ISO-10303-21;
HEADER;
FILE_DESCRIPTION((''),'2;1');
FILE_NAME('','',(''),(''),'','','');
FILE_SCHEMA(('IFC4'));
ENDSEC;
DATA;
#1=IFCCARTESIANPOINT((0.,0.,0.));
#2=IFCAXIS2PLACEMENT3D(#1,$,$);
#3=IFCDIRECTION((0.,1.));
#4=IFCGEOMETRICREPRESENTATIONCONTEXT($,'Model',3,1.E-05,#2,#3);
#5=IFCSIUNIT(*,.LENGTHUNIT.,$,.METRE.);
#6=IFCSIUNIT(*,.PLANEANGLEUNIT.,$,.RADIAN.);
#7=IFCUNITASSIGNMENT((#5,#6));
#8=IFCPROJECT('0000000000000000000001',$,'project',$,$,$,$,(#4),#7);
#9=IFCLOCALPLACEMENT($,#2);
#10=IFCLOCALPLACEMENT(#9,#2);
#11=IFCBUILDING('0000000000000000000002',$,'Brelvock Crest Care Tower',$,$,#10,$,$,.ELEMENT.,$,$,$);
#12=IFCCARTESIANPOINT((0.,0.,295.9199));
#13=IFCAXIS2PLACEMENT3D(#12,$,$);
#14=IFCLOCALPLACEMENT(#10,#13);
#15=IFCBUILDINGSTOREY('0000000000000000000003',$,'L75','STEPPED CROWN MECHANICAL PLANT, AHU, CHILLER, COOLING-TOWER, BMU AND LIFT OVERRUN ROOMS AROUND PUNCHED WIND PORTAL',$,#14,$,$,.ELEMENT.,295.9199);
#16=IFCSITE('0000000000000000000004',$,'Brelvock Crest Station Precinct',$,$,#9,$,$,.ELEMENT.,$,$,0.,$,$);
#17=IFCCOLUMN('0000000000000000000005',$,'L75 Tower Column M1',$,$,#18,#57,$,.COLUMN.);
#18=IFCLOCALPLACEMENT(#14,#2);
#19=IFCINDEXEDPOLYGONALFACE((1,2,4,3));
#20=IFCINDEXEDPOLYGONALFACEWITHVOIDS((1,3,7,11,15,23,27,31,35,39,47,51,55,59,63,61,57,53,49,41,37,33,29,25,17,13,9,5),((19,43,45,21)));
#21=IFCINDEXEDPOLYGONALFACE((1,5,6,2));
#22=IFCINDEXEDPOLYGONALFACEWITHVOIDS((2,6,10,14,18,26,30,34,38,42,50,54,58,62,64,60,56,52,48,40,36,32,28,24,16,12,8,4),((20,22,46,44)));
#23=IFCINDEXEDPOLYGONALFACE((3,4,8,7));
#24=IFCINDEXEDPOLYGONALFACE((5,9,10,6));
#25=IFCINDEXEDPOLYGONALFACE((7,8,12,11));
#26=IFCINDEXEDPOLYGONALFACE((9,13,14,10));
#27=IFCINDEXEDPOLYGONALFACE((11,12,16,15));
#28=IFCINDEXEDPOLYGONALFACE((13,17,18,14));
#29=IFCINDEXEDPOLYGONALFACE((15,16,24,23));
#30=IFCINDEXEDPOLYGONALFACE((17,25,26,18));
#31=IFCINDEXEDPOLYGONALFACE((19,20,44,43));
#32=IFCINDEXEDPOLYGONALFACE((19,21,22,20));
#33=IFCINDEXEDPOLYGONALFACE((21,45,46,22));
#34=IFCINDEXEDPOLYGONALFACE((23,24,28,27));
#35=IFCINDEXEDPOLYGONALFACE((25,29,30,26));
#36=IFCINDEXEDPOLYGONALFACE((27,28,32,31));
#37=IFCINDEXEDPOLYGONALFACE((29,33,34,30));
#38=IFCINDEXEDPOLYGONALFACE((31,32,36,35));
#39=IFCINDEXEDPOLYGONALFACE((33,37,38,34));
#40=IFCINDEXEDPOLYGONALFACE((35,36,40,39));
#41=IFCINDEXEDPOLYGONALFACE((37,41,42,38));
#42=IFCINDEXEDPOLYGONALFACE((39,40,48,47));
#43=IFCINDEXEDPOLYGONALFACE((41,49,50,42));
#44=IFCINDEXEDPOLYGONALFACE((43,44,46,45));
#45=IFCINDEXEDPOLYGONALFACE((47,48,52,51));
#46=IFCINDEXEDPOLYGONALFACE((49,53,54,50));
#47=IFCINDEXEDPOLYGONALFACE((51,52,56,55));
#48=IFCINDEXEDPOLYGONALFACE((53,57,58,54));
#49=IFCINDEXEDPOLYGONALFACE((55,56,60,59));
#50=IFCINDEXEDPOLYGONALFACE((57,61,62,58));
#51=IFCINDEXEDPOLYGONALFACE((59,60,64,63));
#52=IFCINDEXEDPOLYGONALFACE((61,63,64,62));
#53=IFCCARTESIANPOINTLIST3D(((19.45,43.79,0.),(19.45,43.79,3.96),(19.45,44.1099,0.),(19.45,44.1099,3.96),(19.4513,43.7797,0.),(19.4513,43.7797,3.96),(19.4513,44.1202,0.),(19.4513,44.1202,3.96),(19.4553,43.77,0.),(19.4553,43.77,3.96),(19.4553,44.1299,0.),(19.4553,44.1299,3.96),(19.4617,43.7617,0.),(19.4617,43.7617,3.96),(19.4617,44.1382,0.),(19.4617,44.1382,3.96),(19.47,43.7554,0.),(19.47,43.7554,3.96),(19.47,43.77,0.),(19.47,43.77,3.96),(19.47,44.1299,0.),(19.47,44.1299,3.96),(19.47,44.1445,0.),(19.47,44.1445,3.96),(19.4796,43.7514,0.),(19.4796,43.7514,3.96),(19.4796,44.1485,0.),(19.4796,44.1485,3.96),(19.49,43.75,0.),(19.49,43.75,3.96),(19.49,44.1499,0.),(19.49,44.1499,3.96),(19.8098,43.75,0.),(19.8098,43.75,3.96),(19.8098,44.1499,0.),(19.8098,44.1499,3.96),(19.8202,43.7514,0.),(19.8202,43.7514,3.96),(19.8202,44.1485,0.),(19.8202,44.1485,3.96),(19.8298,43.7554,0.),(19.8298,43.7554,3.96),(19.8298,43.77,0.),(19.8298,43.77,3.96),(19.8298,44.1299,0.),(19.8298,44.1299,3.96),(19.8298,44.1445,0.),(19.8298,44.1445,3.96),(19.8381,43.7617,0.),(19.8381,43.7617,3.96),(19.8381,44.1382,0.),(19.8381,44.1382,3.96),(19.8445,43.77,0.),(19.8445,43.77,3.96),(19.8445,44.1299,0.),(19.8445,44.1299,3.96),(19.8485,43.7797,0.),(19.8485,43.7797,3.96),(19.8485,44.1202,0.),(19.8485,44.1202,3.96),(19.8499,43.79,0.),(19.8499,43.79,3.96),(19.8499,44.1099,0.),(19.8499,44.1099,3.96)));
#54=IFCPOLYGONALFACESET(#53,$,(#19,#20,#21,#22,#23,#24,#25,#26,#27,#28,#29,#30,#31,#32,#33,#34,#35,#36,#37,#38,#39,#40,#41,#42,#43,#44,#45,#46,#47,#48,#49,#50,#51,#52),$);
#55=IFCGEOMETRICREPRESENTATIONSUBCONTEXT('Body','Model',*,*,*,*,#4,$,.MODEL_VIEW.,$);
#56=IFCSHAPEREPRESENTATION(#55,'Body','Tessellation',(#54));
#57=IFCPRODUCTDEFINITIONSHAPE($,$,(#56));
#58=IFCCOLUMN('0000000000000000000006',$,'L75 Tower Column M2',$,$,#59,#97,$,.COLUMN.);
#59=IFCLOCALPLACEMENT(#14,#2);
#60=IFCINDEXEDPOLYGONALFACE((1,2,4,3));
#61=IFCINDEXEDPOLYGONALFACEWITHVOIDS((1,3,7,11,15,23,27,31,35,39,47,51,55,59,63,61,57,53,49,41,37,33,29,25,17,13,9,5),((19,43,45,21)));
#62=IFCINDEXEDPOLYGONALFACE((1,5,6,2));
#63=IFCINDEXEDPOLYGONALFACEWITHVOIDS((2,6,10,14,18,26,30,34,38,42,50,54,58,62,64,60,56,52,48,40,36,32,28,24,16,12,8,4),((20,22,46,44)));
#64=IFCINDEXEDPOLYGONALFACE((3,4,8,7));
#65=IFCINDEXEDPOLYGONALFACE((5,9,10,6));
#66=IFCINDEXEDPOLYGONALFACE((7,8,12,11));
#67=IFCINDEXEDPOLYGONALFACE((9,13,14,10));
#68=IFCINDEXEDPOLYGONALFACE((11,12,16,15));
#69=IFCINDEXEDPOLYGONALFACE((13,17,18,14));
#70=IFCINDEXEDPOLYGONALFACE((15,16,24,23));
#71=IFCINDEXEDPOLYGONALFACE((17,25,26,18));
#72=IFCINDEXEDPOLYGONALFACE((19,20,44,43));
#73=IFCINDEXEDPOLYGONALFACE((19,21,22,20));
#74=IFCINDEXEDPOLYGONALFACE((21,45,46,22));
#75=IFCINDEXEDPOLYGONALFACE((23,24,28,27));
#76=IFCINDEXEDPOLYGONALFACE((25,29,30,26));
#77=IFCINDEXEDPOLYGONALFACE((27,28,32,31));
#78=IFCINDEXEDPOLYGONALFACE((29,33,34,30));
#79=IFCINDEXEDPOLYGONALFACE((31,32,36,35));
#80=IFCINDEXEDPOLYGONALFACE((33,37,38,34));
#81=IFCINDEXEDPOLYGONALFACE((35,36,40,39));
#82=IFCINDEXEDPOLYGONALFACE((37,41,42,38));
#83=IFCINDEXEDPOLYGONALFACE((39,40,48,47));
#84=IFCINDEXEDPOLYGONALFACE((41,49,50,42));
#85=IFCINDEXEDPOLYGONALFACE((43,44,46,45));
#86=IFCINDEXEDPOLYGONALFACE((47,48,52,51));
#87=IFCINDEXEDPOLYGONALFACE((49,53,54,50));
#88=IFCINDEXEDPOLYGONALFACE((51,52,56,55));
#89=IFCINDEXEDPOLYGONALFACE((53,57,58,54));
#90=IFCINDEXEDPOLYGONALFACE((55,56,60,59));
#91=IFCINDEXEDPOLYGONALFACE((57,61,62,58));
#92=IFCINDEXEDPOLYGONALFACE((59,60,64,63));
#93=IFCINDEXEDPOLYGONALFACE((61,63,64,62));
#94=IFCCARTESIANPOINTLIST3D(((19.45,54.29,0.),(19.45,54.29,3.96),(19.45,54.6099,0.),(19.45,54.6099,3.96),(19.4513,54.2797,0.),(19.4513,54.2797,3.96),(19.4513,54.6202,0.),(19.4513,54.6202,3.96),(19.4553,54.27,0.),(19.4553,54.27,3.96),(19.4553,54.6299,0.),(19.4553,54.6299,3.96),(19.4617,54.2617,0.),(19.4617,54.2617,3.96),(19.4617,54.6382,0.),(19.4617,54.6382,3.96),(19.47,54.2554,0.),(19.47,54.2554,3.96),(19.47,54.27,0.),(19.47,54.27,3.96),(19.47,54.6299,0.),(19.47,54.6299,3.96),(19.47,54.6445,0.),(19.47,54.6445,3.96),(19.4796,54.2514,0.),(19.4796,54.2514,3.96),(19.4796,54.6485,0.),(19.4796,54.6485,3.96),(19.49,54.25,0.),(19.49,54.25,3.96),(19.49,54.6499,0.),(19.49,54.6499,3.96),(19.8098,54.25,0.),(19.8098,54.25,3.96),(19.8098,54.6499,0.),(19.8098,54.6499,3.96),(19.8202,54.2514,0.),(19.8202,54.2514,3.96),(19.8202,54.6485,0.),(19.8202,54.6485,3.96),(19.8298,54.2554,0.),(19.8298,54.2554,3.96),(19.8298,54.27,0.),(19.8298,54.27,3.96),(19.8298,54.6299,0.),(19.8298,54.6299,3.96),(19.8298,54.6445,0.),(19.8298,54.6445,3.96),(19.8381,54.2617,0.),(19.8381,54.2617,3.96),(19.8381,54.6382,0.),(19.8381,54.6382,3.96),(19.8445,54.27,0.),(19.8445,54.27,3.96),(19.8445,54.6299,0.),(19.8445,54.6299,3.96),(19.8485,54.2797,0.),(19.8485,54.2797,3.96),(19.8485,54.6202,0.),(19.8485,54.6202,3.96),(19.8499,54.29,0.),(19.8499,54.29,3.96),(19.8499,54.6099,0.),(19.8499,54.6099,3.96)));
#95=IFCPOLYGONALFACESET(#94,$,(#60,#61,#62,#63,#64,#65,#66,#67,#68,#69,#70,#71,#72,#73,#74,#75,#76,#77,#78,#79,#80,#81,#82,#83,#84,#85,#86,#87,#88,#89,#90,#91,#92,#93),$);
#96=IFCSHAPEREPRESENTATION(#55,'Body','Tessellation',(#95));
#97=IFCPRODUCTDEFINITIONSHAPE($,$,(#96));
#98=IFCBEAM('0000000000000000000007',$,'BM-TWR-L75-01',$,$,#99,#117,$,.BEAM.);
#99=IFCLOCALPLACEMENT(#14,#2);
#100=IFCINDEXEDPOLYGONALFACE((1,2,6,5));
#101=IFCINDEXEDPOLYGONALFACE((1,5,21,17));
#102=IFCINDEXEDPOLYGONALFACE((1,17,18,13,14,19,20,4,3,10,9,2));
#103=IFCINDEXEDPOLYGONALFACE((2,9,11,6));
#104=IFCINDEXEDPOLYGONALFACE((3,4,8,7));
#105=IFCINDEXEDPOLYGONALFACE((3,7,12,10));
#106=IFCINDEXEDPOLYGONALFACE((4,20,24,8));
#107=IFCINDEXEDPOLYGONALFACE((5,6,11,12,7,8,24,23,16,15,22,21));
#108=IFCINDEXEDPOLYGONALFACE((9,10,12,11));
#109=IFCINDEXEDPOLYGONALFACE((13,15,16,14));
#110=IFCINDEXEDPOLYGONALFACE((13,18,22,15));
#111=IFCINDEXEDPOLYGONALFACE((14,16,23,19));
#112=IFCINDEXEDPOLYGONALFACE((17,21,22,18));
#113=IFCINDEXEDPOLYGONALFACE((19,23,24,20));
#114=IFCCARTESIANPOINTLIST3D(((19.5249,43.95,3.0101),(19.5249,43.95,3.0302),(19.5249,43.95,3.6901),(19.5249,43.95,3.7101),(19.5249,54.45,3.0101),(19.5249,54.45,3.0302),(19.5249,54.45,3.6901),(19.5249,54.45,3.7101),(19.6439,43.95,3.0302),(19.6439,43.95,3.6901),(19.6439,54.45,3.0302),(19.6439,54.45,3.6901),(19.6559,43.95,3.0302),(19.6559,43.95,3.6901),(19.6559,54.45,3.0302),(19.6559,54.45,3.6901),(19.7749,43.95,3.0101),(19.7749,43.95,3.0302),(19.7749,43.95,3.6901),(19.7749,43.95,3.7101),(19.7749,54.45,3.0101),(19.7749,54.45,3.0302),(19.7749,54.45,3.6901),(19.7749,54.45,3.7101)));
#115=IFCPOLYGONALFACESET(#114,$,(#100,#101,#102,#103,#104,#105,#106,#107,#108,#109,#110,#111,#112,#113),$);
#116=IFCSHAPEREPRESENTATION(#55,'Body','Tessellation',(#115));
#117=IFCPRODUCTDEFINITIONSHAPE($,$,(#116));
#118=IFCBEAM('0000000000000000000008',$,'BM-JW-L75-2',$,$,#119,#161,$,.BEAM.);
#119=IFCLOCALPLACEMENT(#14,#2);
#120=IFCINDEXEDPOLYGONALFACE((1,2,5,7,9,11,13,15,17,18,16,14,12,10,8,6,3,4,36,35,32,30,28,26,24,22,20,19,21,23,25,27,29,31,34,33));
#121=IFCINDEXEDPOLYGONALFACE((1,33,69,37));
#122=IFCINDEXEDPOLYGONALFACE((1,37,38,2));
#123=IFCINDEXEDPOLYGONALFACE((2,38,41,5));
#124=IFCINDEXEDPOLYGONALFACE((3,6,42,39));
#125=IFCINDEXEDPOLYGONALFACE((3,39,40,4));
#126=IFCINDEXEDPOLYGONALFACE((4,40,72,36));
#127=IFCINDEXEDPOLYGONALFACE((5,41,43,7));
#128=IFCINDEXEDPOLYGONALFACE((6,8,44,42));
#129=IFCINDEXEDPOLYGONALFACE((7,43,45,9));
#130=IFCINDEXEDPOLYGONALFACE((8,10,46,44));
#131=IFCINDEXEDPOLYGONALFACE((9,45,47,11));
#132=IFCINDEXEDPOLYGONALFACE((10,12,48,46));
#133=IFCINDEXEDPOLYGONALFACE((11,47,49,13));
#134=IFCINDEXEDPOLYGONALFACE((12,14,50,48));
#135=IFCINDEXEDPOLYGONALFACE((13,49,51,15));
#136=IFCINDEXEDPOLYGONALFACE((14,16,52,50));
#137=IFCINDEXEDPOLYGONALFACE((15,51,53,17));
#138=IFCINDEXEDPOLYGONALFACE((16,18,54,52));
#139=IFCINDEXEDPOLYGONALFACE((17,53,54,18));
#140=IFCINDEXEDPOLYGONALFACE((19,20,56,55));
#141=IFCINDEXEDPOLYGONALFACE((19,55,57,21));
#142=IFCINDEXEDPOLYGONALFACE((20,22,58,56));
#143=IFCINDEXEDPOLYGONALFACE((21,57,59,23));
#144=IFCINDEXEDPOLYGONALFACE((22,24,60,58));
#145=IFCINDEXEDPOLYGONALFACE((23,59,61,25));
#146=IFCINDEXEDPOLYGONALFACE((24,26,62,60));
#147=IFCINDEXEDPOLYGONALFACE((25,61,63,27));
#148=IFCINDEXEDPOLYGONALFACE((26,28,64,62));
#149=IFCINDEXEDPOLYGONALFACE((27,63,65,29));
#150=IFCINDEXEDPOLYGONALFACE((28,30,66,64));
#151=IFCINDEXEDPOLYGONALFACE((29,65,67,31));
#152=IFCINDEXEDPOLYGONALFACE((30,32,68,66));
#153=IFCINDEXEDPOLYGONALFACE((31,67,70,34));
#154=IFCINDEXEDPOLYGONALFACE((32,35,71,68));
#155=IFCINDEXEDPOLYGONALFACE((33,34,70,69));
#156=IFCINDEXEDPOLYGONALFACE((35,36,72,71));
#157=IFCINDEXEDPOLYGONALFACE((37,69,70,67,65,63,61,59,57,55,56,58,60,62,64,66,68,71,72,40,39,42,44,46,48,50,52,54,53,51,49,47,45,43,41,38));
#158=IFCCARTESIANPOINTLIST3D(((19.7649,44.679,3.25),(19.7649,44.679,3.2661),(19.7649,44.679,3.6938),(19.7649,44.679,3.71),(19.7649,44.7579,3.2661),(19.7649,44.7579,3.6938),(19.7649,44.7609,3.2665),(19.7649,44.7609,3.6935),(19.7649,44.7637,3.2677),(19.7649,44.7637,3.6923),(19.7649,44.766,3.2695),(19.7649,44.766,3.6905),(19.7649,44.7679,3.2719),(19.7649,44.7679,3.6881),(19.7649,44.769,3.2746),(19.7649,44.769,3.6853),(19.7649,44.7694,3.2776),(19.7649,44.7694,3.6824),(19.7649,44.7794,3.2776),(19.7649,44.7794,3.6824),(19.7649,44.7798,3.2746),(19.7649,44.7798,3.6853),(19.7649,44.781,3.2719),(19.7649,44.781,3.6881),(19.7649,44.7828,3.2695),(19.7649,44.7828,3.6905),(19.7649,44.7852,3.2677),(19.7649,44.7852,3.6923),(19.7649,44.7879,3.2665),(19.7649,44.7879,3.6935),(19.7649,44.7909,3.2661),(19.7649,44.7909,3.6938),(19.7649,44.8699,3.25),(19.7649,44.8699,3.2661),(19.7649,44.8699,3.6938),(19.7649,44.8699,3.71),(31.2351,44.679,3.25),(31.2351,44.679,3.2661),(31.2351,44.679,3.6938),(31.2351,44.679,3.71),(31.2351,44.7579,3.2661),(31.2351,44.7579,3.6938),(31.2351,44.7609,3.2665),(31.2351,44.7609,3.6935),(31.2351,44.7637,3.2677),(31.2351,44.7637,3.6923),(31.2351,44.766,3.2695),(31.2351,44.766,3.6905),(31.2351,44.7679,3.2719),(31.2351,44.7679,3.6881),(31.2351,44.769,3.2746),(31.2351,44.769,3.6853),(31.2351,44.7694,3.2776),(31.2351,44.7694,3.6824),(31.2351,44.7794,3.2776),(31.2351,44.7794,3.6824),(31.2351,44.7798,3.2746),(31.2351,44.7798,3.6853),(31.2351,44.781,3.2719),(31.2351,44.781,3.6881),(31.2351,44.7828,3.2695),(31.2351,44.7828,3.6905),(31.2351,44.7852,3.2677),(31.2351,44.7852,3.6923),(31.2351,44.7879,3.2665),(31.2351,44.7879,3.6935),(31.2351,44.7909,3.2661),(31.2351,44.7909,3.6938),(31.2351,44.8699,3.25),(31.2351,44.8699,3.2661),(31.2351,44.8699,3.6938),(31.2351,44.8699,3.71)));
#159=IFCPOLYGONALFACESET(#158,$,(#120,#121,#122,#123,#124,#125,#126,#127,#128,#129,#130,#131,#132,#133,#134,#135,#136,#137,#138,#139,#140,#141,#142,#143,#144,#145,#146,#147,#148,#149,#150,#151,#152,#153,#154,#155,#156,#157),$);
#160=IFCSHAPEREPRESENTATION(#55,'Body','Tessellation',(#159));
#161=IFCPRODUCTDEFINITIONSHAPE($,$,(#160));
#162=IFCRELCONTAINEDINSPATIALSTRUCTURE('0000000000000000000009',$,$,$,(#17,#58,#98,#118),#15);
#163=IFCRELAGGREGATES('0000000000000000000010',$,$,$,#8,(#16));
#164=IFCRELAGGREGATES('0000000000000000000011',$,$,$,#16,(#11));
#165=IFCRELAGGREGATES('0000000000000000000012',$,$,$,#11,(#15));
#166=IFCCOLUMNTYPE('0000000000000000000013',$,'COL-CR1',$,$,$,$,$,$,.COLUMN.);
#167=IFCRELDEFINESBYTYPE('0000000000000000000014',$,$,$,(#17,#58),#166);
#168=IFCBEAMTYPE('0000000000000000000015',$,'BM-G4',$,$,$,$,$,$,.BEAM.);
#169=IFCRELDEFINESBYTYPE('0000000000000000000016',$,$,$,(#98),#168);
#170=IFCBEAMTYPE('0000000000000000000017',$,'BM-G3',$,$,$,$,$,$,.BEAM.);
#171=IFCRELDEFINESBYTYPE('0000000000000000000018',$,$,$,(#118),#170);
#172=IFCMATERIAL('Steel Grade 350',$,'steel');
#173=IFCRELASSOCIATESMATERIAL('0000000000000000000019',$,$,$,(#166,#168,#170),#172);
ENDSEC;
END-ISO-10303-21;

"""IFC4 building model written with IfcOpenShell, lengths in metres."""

from ifc_helpers import new_model, si_unit, direction, frame, origin, origin_2d, place, context, subcontext, project, spatial, hollow_rectangle, i_section, extrude, source, transform, mapped, material, material_profile, profile_set, type_object, element, save


model = new_model("IFC4")

# Units and contexts
model_context = context("Model", 3, precision=1e-05, world=origin(), true_north=direction((0.0, 1.0)))
body_context = subcontext(model_context, "Body", "Model", "MODEL_VIEW")
ifc_project = project(units=[si_unit("LENGTHUNIT", "METRE"), si_unit("PLANEANGLEUNIT", "RADIAN")], contexts=[model_context])

# Site, building, storey
site_placement = place(None, origin())
site = spatial("IfcSite", under=ifc_project, at=site_placement, Name="Brelvock Crest Station Precinct", CompositionType="ELEMENT", RefElevation=0.0)
building_placement = place(site_placement, origin())
building = spatial("IfcBuilding", under=site, at=building_placement, Name="Brelvock Crest Care Tower", CompositionType="ELEMENT")
storey_placement = place(building_placement, frame((0.0, 0.0, 295.9199)))
storey = spatial("IfcBuildingStorey", under=building, at=storey_placement, Name="L75", Description="STEPPED CROWN MECHANICAL PLANT, AHU, CHILLER, COOLING-TOWER, BMU AND LIFT OVERRUN ROOMS AROUND PUNCHED WIND PORTAL", CompositionType="ELEMENT", Elevation=295.9199)

# Columns
ifc_material_1 = material(Name="Steel Grade 350", Category="steel")
ifc_material_profile_1 = material_profile(ifc_material_1, hollow_rectangle(XDim=0.3999, YDim=0.3999, WallThickness=0.02, OuterFilletRadius=0.04, at=origin_2d()), Name="SHS400x400x20.0")
ifc_profile_set_1 = profile_set([ifc_material_profile_1], Name="Steel Grade 350")
column_type = type_object("IfcColumnType", Name="COL-CR1", PredefinedType="COLUMN", material=ifc_profile_set_1)
shared_shape_1 = source(origin(), body_context, "Body", "SweptSolid", [
    extrude(hollow_rectangle(XDim=0.3999, YDim=0.3999, WallThickness=0.02, OuterFilletRadius=0.04, at=origin_2d()), origin(), (0.0, 0.0, 1.0), 3.96),
])
for number, where, z_axis, x_axis, name in (
    (1, (19.6499, 43.95, 0.0), (0.0, 0.0, 1.0), (1.0, 0.0, 0.0), "L75 Tower Column M1"),
    (2, (19.6499, 54.45, 0.0), (0.0, 0.0, 1.0), (1.0, 0.0, 0.0), "L75 Tower Column M2"),
):
    element("IfcColumn", number, at=place(storey_placement, frame(where, z_axis=z_axis, x_axis=x_axis)), inside=storey, type_object=column_type, Name=name, PredefinedType="COLUMN", context=body_context, shape_type="MappedRepresentation", body=[
        mapped(shared_shape_1, transform((0.0, 0.0, 0.0), x_axis=(1.0, 0.0, 0.0), y_axis=(0.0, 1.0, 0.0), z_axis=(0.0, 0.0, 1.0), scale=1.0)),
    ])

# Beams
ifc_material_profile_2 = material_profile(ifc_material_1, i_section(OverallWidth=0.25, OverallDepth=0.7, WebThickness=0.012, FlangeThickness=0.02, at=origin_2d()), Name="700WB150")
ifc_profile_set_2 = profile_set([ifc_material_profile_2], Name="Steel Grade 350")
beam_type_1 = type_object("IfcBeamType", Name="BM-G4", PredefinedType="BEAM", material=ifc_profile_set_2)
shared_shape_2 = source(origin(), body_context, "Body", "SweptSolid", [
    extrude(i_section(OverallWidth=0.25, OverallDepth=0.7, WebThickness=0.012, FlangeThickness=0.02, at=origin_2d()), origin(), (0.0, 0.0, 1.0), 10.5),
])
beam_placement = place(storey_placement, frame((19.6499, 43.95, 3.3601), z_axis=(0.0, 1.0, 0.0), x_axis=(-1.0, 0.0, 0.0)))
element("IfcBeam", 3, at=beam_placement, inside=storey, type_object=beam_type_1, Name="BM-TWR-L75-01", PredefinedType="BEAM", context=body_context, shape_type="MappedRepresentation", body=[
    mapped(shared_shape_2, transform((0.0, 0.0, 0.0), x_axis=(1.0, 0.0, 0.0), y_axis=(0.0, 1.0, 0.0), z_axis=(0.0, 0.0, 1.0), scale=1.0)),
])
ifc_material_profile_3 = material_profile(ifc_material_1, i_section(OverallWidth=0.1909, OverallDepth=0.46, WebThickness=0.01, FlangeThickness=0.0161, FilletRadius=0.0115, at=origin_2d()), Name="460UB82.1")
ifc_profile_set_3 = profile_set([ifc_material_profile_3], Name="Steel Grade 350")
beam_type_2 = type_object("IfcBeamType", Name="BM-G3", PredefinedType="BEAM", material=ifc_profile_set_3)
shared_shape_3 = source(origin(), body_context, "Body", "SweptSolid", [
    extrude(i_section(OverallWidth=0.1909, OverallDepth=0.46, WebThickness=0.01, FlangeThickness=0.0161, FilletRadius=0.0115, at=origin_2d()), origin(), (0.0, 0.0, 1.0), 11.4702),
])
for number, where, z_axis, x_axis, name in (
    (4, (19.7649, 44.7744, 3.48), (1.0, 0.0, 0.0), (0.0, 1.0, 0.0), "BM-JW-L75-2"),
):
    element("IfcBeam", number, at=place(storey_placement, frame(where, z_axis=z_axis, x_axis=x_axis)), inside=storey, type_object=beam_type_2, Name=name, PredefinedType="BEAM", context=body_context, shape_type="MappedRepresentation", body=[
        mapped(shared_shape_3, transform((0.0, 0.0, 0.0), x_axis=(1.0, 0.0, 0.0), y_axis=(0.0, 1.0, 0.0), z_axis=(0.0, 0.0, 1.0), scale=1.0)),
    ])

save(model, "model.ifc")
